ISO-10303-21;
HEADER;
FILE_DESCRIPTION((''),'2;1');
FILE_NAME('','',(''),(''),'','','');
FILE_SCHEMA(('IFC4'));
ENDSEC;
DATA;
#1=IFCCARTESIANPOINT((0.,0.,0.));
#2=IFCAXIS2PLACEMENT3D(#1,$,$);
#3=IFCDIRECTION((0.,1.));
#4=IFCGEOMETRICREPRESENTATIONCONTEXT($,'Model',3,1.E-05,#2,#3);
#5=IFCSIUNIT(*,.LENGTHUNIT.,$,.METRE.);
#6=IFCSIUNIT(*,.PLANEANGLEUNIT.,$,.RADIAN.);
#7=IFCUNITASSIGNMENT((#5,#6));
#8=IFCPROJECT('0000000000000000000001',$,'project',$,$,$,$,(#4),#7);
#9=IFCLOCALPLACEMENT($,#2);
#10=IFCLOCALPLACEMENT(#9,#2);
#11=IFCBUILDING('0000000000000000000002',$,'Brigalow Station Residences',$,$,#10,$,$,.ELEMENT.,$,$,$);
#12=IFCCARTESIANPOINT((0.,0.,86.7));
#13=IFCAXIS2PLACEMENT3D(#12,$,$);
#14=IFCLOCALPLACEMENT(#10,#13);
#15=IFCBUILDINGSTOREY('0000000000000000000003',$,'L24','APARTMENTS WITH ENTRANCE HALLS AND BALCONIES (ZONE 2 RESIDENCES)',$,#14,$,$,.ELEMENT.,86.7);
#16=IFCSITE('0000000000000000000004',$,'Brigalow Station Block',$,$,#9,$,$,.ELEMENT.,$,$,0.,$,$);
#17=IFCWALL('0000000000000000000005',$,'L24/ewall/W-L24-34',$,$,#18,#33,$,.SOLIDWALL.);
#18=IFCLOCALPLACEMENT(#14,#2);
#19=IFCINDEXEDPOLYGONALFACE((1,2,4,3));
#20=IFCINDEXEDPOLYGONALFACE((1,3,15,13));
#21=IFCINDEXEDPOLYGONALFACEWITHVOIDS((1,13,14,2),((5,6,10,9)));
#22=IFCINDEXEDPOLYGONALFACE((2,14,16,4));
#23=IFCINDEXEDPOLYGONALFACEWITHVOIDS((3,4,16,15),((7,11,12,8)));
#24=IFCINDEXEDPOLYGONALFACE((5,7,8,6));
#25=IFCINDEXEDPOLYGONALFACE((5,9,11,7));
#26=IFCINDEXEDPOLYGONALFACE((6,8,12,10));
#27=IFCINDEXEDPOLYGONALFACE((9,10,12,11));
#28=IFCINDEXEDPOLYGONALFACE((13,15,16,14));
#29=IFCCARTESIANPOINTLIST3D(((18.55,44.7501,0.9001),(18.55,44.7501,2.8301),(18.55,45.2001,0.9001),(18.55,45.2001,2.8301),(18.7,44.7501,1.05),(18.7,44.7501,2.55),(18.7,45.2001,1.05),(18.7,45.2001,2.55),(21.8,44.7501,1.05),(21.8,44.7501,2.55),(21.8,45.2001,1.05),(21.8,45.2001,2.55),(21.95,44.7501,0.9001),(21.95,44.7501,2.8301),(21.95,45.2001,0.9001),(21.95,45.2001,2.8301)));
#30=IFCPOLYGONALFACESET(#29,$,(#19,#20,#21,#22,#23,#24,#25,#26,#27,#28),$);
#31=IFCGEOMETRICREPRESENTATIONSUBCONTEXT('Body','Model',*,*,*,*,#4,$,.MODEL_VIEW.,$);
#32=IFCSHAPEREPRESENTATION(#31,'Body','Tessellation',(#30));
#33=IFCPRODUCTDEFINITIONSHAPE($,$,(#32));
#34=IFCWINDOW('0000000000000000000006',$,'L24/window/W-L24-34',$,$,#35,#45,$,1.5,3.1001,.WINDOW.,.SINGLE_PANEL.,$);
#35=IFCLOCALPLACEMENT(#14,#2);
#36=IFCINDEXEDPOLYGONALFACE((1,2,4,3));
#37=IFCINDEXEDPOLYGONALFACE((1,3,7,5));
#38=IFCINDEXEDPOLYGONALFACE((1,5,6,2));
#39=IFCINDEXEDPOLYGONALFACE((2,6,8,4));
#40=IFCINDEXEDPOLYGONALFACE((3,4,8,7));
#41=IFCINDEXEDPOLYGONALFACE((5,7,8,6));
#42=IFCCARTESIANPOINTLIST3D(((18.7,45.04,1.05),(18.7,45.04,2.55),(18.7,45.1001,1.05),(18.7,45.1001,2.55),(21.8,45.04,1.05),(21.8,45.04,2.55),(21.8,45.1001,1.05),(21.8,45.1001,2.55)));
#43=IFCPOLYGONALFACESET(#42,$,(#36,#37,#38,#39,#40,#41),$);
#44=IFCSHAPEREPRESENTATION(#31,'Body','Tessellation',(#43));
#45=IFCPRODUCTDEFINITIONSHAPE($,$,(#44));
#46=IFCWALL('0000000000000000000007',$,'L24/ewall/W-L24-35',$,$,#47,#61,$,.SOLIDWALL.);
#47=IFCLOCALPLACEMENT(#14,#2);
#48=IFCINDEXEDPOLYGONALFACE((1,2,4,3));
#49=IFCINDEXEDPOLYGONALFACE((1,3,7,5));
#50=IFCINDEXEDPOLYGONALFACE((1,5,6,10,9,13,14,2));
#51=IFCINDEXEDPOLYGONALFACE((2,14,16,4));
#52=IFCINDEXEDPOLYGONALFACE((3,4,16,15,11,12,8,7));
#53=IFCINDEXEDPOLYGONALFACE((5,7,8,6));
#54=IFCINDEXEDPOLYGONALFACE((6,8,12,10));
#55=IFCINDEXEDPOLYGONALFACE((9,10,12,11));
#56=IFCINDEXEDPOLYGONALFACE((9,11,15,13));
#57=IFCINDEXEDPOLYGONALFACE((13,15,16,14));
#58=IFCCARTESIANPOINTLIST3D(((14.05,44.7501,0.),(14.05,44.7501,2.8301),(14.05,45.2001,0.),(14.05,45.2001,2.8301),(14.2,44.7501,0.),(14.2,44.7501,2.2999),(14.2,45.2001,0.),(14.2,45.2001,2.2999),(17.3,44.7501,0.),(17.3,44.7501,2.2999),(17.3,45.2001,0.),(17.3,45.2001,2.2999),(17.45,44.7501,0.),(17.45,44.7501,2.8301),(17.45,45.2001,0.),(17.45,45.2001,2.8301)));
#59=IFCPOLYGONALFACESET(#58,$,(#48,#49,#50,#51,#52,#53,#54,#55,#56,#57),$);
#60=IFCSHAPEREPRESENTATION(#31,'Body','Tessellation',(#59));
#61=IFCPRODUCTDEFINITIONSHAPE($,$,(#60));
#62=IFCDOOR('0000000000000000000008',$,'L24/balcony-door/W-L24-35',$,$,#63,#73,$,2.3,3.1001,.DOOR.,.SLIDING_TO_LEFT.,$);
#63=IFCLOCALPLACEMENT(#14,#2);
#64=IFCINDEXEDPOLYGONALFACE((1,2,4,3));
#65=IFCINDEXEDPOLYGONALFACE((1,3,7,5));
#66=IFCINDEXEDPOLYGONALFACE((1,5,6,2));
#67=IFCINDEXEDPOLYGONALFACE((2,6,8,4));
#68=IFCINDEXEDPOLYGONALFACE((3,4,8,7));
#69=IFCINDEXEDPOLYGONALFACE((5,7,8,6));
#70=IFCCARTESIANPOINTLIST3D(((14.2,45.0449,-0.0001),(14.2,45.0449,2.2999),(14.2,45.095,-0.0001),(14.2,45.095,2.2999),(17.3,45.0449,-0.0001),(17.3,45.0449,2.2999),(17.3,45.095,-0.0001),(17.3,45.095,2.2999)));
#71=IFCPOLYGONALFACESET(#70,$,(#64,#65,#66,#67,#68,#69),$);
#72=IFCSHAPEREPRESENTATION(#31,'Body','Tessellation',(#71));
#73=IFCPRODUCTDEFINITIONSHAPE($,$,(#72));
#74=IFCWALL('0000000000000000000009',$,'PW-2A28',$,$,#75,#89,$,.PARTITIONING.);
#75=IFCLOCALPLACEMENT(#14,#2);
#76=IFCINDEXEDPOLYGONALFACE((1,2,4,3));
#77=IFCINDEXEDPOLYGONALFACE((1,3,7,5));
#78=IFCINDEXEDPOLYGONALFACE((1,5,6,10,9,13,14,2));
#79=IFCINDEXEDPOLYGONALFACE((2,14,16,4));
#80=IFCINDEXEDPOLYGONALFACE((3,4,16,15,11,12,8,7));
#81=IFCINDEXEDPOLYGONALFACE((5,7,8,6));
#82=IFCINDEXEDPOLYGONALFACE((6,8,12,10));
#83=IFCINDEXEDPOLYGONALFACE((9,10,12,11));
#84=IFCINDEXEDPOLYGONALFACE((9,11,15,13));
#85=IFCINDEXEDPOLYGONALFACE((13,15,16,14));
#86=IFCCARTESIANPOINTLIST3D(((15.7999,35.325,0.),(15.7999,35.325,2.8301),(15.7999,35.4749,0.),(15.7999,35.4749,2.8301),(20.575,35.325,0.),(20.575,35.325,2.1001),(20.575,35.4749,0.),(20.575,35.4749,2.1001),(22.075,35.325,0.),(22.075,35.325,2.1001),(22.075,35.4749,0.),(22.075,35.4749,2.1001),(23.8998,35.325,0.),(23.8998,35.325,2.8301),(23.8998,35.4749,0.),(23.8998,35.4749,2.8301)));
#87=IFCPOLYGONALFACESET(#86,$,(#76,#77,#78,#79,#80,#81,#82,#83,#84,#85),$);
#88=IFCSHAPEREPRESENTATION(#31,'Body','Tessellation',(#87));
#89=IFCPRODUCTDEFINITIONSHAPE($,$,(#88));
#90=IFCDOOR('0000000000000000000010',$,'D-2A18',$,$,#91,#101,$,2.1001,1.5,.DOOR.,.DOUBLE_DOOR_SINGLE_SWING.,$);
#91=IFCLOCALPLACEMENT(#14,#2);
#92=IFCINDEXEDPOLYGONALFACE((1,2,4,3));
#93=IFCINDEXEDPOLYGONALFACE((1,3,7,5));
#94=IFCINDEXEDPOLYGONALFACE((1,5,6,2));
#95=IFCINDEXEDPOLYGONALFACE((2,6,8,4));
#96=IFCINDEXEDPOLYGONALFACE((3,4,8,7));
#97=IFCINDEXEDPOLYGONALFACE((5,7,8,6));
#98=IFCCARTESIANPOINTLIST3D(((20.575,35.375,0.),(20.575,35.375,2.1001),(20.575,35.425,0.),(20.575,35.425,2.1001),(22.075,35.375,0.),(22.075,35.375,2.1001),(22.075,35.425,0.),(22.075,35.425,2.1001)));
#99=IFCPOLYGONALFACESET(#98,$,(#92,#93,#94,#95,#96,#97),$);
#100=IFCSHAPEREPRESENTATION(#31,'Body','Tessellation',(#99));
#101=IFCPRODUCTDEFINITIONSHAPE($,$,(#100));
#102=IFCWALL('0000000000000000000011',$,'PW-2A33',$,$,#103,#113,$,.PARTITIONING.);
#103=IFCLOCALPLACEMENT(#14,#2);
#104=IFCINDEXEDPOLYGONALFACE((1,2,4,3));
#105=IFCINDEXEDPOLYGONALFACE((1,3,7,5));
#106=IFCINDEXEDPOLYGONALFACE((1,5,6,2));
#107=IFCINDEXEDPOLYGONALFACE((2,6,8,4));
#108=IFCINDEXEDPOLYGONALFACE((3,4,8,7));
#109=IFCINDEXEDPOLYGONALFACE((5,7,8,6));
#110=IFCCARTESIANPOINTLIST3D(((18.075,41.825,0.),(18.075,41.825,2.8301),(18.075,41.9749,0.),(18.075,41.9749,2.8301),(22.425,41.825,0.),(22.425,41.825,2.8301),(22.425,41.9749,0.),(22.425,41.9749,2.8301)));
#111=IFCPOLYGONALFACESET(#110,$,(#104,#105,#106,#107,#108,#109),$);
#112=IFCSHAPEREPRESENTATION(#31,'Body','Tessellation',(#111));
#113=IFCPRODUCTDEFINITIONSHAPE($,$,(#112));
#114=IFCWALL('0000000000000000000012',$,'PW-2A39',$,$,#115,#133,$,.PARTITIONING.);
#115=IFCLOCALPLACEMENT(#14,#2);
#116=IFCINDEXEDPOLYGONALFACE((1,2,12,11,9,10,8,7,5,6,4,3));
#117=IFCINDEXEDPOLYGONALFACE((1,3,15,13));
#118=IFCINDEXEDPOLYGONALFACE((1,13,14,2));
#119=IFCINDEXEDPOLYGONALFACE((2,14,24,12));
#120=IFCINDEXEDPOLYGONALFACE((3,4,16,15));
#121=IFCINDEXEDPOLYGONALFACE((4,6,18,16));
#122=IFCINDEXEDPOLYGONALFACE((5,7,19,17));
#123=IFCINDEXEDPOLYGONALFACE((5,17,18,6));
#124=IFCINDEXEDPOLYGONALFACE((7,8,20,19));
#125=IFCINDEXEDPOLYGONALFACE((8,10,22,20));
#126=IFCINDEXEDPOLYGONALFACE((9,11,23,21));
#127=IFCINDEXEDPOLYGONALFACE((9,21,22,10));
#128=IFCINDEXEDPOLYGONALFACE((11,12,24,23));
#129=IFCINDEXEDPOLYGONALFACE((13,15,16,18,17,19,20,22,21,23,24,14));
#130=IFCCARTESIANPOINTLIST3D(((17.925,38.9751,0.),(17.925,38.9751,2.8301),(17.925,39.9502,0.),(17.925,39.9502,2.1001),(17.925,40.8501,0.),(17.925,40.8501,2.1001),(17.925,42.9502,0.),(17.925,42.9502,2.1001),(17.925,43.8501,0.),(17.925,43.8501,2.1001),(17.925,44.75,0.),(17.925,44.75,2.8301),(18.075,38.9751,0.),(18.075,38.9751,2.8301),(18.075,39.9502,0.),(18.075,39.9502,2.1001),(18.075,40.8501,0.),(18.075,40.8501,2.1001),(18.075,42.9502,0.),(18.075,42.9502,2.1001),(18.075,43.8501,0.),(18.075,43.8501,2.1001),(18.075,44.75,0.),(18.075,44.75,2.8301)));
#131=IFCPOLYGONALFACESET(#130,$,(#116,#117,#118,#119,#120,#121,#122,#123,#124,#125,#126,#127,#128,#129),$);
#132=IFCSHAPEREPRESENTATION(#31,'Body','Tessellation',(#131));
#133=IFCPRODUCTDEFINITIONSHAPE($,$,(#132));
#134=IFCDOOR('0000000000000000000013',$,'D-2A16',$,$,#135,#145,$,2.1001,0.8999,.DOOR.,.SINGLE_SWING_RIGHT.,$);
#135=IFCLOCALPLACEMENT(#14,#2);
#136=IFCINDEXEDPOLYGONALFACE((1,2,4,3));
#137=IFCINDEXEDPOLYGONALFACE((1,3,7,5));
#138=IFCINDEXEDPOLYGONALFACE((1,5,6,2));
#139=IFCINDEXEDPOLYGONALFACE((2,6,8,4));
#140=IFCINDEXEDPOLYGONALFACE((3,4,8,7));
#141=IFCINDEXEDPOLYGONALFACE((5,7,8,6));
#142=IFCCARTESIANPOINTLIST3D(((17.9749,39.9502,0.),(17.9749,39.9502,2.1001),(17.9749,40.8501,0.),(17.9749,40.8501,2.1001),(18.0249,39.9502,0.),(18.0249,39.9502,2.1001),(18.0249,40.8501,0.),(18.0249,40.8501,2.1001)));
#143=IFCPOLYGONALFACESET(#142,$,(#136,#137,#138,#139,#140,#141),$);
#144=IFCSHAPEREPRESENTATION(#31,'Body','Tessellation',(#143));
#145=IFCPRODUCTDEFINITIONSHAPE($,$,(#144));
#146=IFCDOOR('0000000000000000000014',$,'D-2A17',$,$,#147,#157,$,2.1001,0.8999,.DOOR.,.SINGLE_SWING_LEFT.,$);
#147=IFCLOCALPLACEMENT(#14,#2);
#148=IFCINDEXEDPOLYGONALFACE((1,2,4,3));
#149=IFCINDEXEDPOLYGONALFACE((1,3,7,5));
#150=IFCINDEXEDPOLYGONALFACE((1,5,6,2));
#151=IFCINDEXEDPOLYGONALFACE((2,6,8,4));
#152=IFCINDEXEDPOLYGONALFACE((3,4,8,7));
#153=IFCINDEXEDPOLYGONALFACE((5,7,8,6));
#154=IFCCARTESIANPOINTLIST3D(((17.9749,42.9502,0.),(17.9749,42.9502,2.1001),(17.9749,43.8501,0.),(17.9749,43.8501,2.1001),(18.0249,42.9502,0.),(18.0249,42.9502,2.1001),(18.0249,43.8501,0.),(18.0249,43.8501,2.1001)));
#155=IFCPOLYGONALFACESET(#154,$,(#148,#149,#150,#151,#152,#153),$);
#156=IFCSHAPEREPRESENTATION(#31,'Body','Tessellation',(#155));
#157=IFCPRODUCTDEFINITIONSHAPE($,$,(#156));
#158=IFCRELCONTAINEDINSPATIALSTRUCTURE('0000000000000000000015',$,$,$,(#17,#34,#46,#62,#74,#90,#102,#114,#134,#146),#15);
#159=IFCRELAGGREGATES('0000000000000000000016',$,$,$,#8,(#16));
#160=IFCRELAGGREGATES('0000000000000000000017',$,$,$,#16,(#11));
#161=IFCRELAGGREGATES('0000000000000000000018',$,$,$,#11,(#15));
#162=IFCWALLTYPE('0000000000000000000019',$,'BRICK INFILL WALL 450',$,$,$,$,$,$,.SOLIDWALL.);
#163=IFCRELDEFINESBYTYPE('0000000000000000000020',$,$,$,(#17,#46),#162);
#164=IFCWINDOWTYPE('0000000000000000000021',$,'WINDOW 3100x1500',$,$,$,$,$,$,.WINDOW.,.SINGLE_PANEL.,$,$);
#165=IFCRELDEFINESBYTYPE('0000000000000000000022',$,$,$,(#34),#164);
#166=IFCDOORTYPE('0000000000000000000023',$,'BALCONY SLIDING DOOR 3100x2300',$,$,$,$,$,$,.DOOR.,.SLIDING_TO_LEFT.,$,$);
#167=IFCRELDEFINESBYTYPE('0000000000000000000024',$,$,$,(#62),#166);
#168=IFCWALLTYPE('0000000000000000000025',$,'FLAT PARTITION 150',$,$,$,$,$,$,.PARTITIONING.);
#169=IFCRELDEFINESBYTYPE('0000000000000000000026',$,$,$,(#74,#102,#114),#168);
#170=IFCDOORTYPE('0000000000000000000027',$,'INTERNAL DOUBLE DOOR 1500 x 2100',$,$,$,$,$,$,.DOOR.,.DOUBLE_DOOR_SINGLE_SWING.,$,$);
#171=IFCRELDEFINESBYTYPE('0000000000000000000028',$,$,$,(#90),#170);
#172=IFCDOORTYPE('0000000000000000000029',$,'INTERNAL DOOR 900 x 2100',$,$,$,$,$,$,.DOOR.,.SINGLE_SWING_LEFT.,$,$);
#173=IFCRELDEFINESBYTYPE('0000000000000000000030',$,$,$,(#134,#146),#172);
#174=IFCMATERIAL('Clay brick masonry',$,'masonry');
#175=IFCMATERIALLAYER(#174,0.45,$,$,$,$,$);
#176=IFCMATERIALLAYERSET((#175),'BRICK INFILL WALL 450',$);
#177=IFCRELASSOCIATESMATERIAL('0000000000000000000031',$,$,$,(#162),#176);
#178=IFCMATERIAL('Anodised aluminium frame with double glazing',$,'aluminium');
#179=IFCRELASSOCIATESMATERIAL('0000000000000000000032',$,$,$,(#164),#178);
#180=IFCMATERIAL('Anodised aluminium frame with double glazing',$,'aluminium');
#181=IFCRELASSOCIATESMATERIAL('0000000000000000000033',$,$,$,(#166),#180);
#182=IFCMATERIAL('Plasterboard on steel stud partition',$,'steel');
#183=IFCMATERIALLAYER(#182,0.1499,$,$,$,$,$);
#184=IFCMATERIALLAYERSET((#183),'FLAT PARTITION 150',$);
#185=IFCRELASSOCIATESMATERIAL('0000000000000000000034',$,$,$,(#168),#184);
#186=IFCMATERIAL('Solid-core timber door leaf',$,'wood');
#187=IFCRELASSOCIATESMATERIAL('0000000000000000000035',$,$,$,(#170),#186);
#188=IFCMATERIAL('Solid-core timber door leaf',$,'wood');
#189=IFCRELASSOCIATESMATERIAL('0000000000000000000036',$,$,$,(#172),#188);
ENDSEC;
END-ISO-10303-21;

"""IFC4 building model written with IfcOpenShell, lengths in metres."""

from ifc_helpers import new_model, si_unit, direction, frame, frame_2d, origin, place, context, subcontext, project, spatial, rectangle, extrude, material, layer, layer_set, type_object, element, fill, save


model = new_model("IFC4")

# Units and contexts
model_context = context("Model", 3, precision=1e-05, world=origin(), true_north=direction((0.0, 1.0)))
body_context = subcontext(model_context, "Body", "Model", "MODEL_VIEW")
ifc_project = project(units=[si_unit("LENGTHUNIT", "METRE"), si_unit("PLANEANGLEUNIT", "RADIAN")], contexts=[model_context])

# Site, building, storey
site_placement = place(None, origin())
site = spatial("IfcSite", under=ifc_project, at=site_placement, Name="Brigalow Station Block", CompositionType="ELEMENT", RefElevation=0.0)
building_placement = place(site_placement, origin())
building = spatial("IfcBuilding", under=site, at=building_placement, Name="Brigalow Station Residences", CompositionType="ELEMENT")
storey_placement = place(building_placement, frame((0.0, 0.0, 86.7)))
storey = spatial("IfcBuildingStorey", under=building, at=storey_placement, Name="L24", Description="APARTMENTS WITH ENTRANCE HALLS AND BALCONIES (ZONE 2 RESIDENCES)", CompositionType="ELEMENT", Elevation=86.7)

# Wall, opening, window
ifc_material_1 = material(Name="Clay brick masonry", Category="masonry")
ifc_layer_1 = layer(ifc_material_1, 0.45)
ifc_layer_set_1 = layer_set([ifc_layer_1], Name="BRICK INFILL WALL 450")
wall_type_1 = type_object("IfcWallType", Name="BRICK INFILL WALL 450", PredefinedType="SOLIDWALL", material=ifc_layer_set_1)
ifc_material_2 = material(Name="Anodised aluminium frame with double glazing", Category="aluminium")
window_type = type_object("IfcWindowType", Name="WINDOW 3100x1500", PartitioningType="SINGLE_PANEL", PredefinedType="WINDOW", material=ifc_material_2)
wall_1_placement = place(storey_placement, frame((21.95, 44.9751, 0.9001), z_axis=(0.0, 0.0, 1.0), x_axis=(-1.0, 0.0, 0.0)))
wall_1 = element("IfcWall", 1, at=wall_1_placement, inside=storey, type_object=wall_type_1, Name="L24/ewall/W-L24-34", PredefinedType="SOLIDWALL", context=body_context, shape_type="SweptSolid", body=[
    extrude(rectangle(XDim=3.3999, YDim=0.45, at=frame_2d((1.7, 0.0))), origin(), (0.0, 0.0, 1.0), 1.9299),
])
opening_1_placement = place(wall_1_placement, frame((0.1499, 0.0, 0.1499)))
opening_1 = element("IfcOpeningElement", 2, at=opening_1_placement, cuts=wall_1, PredefinedType="OPENING", context=body_context, shape_type="SweptSolid", body=[
    extrude(rectangle(XDim=3.1001, YDim=1.5, at=frame_2d((1.55, 0.75))), frame((0.0, 0.2349, 0.0), z_axis=(0.0, -1.0, 0.0), x_axis=(1.0, 0.0, 0.0)), (0.0, 0.0, 1.0), 0.47),
])
window_1_placement = place(opening_1_placement, origin())
window_1 = element("IfcWindow", 3, at=window_1_placement, inside=storey, type_object=window_type, Name="L24/window/W-L24-34", OverallHeight=1.5, OverallWidth=3.1001, PartitioningType="SINGLE_PANEL", PredefinedType="WINDOW", context=body_context, shape_type="SweptSolid", body=[
    extrude(rectangle(XDim=3.1001, YDim=1.5, at=frame_2d((1.55, 0.75))), frame((0.0, -0.0649, 0.0), z_axis=(0.0, -1.0, 0.0), x_axis=(1.0, 0.0, 0.0)), (0.0, 0.0, 1.0), 0.0601),
])
fill(opening_1, window_1)

# Walls, openings, doors
wall_2_placement = place(storey_placement, frame((17.45, 44.9751, 0.0), z_axis=(0.0, 0.0, 1.0), x_axis=(-1.0, 0.0, 0.0)))
wall_2 = element("IfcWall", 4, at=wall_2_placement, inside=storey, type_object=wall_type_1, Name="L24/ewall/W-L24-35", PredefinedType="SOLIDWALL", context=body_context, shape_type="SweptSolid", body=[
    extrude(rectangle(XDim=3.3999, YDim=0.45, at=frame_2d((1.7, 0.0))), origin(), (0.0, 0.0, 1.0), 2.8301),
])
opening_2_placement = place(wall_2_placement, frame((0.1499, 0.0, 0.0)))
opening_2 = element("IfcOpeningElement", 5, at=opening_2_placement, cuts=wall_2, PredefinedType="OPENING", context=body_context, shape_type="SweptSolid", body=[
    extrude(rectangle(XDim=3.1001, YDim=2.3, at=frame_2d((1.55, 1.1499))), frame((0.0, 0.2349, 0.0), z_axis=(0.0, -1.0, 0.0), x_axis=(1.0, 0.0, 0.0)), (0.0, 0.0, 1.0), 0.47),
])
ifc_material_3 = material(Name="Anodised aluminium frame with double glazing", Category="aluminium")
door_type_1 = type_object("IfcDoorType", Name="BALCONY SLIDING DOOR 3100x2300", OperationType="SLIDING_TO_LEFT", PredefinedType="DOOR", material=ifc_material_3)
door_1_placement = place(opening_2_placement, origin())
door_1 = element("IfcDoor", 6, at=door_1_placement, inside=storey, type_object=door_type_1, Name="L24/balcony-door/W-L24-35", OperationType="SLIDING_TO_LEFT", OverallHeight=2.3, OverallWidth=3.1001, PredefinedType="DOOR", context=body_context, shape_type="SweptSolid", body=[
    extrude(rectangle(XDim=3.1001, YDim=2.3, at=frame_2d((1.55, 1.1499))), frame((0.0, -0.0698, 0.0), z_axis=(0.0, -1.0, 0.0), x_axis=(1.0, 0.0, 0.0)), (0.0, 0.0, 1.0), 0.05),
])
fill(opening_2, door_1)
ifc_material_4 = material(Name="Plasterboard on steel stud partition", Category="steel")
ifc_layer_2 = layer(ifc_material_4, 0.1499)
ifc_layer_set_2 = layer_set([ifc_layer_2], Name="FLAT PARTITION 150")
wall_type_2 = type_object("IfcWallType", Name="FLAT PARTITION 150", PredefinedType="PARTITIONING", material=ifc_layer_set_2)
wall_3_placement = place(storey_placement, frame((15.8, 35.3999, 0.0), z_axis=(0.0, 0.0, 1.0), x_axis=(1.0, 0.0, 0.0)))
wall_3 = element("IfcWall", 7, at=wall_3_placement, inside=storey, type_object=wall_type_2, Name="PW-2A28", PredefinedType="PARTITIONING", context=body_context, shape_type="SweptSolid", body=[
    extrude(rectangle(XDim=8.0999, YDim=0.1499, at=frame_2d((4.0498, 0.0))), origin(), (0.0, 0.0, 1.0), 2.8301),
])
opening_3_placement = place(wall_3_placement, frame((4.7749, 0.0, 0.0)))
opening_3 = element("IfcOpeningElement", 8, at=opening_3_placement, cuts=wall_3, PredefinedType="OPENING", context=body_context, shape_type="SweptSolid", body=[
    extrude(rectangle(XDim=1.5, YDim=2.1001, at=frame_2d((0.75, 1.05))), frame((0.0, 0.085, 0.0), z_axis=(0.0, -1.0, 0.0), x_axis=(1.0, 0.0, 0.0)), (0.0, 0.0, 1.0), 0.1699),
])
ifc_material_5 = material(Name="Solid-core timber door leaf", Category="wood")
door_type_2 = type_object("IfcDoorType", Name="INTERNAL DOUBLE DOOR 1500 x 2100", OperationType="DOUBLE_DOOR_SINGLE_SWING", PredefinedType="DOOR", material=ifc_material_5)
door_2_placement = place(opening_3_placement, frame((1.5, 0.0, 0.0), z_axis=(0.0, 0.0, 1.0), x_axis=(-1.0, 0.0, 0.0)))
door_2 = element("IfcDoor", 9, at=door_2_placement, inside=storey, type_object=door_type_2, Name="D-2A18", OperationType="DOUBLE_DOOR_SINGLE_SWING", OverallHeight=2.1001, OverallWidth=1.5, PredefinedType="DOOR", context=body_context, shape_type="SweptSolid", body=[
    extrude(rectangle(XDim=1.5, YDim=2.1001, at=frame_2d((0.75, 1.05))), frame((0.0, 0.0249, 0.0), z_axis=(0.0, -1.0, 0.0), x_axis=(1.0, 0.0, 0.0)), (0.0, 0.0, 1.0), 0.05),
])
fill(opening_3, door_2)

# Wall
wall_4_placement = place(storey_placement, frame((18.075, 41.8999, 0.0), z_axis=(0.0, 0.0, 1.0), x_axis=(1.0, 0.0, 0.0)))
element("IfcWall", 10, at=wall_4_placement, inside=storey, type_object=wall_type_2, Name="PW-2A33", PredefinedType="PARTITIONING", context=body_context, shape_type="SweptSolid", body=[
    extrude(rectangle(XDim=4.3501, YDim=0.1499, at=frame_2d((2.175, 0.0))), origin(), (0.0, 0.0, 1.0), 2.8301),
])

# Wall, openings, doors
wall_5_placement = place(storey_placement, frame((18.0, 38.9751, 0.0), z_axis=(0.0, 0.0, 1.0), x_axis=(0.0, 1.0, 0.0)))
wall_5 = element("IfcWall", 11, at=wall_5_placement, inside=storey, type_object=wall_type_2, Name="PW-2A39", PredefinedType="PARTITIONING", context=body_context, shape_type="SweptSolid", body=[
    extrude(rectangle(XDim=5.7749, YDim=0.1499, at=frame_2d((2.8875, 0.0))), origin(), (0.0, 0.0, 1.0), 2.8301),
])
opening_4_placement = place(wall_5_placement, frame((0.9751, 0.0, 0.0)))
opening_4 = element("IfcOpeningElement", 12, at=opening_4_placement, cuts=wall_5, PredefinedType="OPENING", context=body_context, shape_type="SweptSolid", body=[
    extrude(rectangle(XDim=0.8999, YDim=2.1001, at=frame_2d((0.45, 1.05))), frame((0.0, 0.085, 0.0), z_axis=(0.0, -1.0, 0.0), x_axis=(1.0, 0.0, 0.0)), (0.0, 0.0, 1.0), 0.1699),
])
opening_5_placement = place(wall_5_placement, frame((3.9751, 0.0, 0.0)))
opening_5 = element("IfcOpeningElement", 13, at=opening_5_placement, cuts=wall_5, PredefinedType="OPENING", context=body_context, shape_type="SweptSolid", body=[
    extrude(rectangle(XDim=0.8999, YDim=2.1001, at=frame_2d((0.45, 1.05))), frame((0.0, 0.085, 0.0), z_axis=(0.0, -1.0, 0.0), x_axis=(1.0, 0.0, 0.0)), (0.0, 0.0, 1.0), 0.1699),
])
ifc_material_6 = material(Name="Solid-core timber door leaf", Category="wood")
door_type_3 = type_object("IfcDoorType", Name="INTERNAL DOOR 900 x 2100", OperationType="SINGLE_SWING_LEFT", PredefinedType="DOOR", material=ifc_material_6)
door_3_placement = place(opening_4_placement, frame((0.8999, 0.0, 0.0), z_axis=(0.0, 0.0, 1.0), x_axis=(-1.0, 0.0, 0.0)))
door_3 = element("IfcDoor", 14, at=door_3_placement, inside=storey, type_object=door_type_3, Name="D-2A16", OperationType="SINGLE_SWING_RIGHT", OverallHeight=2.1001, OverallWidth=0.8999, PredefinedType="DOOR", context=body_context, shape_type="SweptSolid", body=[
    extrude(rectangle(XDim=0.8999, YDim=2.1001, at=frame_2d((0.45, 1.05))), frame((0.0, 0.0249, 0.0), z_axis=(0.0, -1.0, 0.0), x_axis=(1.0, 0.0, 0.0)), (0.0, 0.0, 1.0), 0.05),
])
fill(opening_4, door_3)
door_4_placement = place(opening_5_placement, frame((0.8999, 0.0, 0.0), z_axis=(0.0, 0.0, 1.0), x_axis=(-1.0, 0.0, 0.0)))
door_4 = element("IfcDoor", 15, at=door_4_placement, inside=storey, type_object=door_type_3, Name="D-2A17", OperationType="SINGLE_SWING_LEFT", OverallHeight=2.1001, OverallWidth=0.8999, PredefinedType="DOOR", context=body_context, shape_type="SweptSolid", body=[
    extrude(rectangle(XDim=0.8999, YDim=2.1001, at=frame_2d((0.45, 1.05))), frame((0.0, 0.0249, 0.0), z_axis=(0.0, -1.0, 0.0), x_axis=(1.0, 0.0, 0.0)), (0.0, 0.0, 1.0), 0.05),
])
fill(opening_5, door_4)

save(model, "model.ifc")
